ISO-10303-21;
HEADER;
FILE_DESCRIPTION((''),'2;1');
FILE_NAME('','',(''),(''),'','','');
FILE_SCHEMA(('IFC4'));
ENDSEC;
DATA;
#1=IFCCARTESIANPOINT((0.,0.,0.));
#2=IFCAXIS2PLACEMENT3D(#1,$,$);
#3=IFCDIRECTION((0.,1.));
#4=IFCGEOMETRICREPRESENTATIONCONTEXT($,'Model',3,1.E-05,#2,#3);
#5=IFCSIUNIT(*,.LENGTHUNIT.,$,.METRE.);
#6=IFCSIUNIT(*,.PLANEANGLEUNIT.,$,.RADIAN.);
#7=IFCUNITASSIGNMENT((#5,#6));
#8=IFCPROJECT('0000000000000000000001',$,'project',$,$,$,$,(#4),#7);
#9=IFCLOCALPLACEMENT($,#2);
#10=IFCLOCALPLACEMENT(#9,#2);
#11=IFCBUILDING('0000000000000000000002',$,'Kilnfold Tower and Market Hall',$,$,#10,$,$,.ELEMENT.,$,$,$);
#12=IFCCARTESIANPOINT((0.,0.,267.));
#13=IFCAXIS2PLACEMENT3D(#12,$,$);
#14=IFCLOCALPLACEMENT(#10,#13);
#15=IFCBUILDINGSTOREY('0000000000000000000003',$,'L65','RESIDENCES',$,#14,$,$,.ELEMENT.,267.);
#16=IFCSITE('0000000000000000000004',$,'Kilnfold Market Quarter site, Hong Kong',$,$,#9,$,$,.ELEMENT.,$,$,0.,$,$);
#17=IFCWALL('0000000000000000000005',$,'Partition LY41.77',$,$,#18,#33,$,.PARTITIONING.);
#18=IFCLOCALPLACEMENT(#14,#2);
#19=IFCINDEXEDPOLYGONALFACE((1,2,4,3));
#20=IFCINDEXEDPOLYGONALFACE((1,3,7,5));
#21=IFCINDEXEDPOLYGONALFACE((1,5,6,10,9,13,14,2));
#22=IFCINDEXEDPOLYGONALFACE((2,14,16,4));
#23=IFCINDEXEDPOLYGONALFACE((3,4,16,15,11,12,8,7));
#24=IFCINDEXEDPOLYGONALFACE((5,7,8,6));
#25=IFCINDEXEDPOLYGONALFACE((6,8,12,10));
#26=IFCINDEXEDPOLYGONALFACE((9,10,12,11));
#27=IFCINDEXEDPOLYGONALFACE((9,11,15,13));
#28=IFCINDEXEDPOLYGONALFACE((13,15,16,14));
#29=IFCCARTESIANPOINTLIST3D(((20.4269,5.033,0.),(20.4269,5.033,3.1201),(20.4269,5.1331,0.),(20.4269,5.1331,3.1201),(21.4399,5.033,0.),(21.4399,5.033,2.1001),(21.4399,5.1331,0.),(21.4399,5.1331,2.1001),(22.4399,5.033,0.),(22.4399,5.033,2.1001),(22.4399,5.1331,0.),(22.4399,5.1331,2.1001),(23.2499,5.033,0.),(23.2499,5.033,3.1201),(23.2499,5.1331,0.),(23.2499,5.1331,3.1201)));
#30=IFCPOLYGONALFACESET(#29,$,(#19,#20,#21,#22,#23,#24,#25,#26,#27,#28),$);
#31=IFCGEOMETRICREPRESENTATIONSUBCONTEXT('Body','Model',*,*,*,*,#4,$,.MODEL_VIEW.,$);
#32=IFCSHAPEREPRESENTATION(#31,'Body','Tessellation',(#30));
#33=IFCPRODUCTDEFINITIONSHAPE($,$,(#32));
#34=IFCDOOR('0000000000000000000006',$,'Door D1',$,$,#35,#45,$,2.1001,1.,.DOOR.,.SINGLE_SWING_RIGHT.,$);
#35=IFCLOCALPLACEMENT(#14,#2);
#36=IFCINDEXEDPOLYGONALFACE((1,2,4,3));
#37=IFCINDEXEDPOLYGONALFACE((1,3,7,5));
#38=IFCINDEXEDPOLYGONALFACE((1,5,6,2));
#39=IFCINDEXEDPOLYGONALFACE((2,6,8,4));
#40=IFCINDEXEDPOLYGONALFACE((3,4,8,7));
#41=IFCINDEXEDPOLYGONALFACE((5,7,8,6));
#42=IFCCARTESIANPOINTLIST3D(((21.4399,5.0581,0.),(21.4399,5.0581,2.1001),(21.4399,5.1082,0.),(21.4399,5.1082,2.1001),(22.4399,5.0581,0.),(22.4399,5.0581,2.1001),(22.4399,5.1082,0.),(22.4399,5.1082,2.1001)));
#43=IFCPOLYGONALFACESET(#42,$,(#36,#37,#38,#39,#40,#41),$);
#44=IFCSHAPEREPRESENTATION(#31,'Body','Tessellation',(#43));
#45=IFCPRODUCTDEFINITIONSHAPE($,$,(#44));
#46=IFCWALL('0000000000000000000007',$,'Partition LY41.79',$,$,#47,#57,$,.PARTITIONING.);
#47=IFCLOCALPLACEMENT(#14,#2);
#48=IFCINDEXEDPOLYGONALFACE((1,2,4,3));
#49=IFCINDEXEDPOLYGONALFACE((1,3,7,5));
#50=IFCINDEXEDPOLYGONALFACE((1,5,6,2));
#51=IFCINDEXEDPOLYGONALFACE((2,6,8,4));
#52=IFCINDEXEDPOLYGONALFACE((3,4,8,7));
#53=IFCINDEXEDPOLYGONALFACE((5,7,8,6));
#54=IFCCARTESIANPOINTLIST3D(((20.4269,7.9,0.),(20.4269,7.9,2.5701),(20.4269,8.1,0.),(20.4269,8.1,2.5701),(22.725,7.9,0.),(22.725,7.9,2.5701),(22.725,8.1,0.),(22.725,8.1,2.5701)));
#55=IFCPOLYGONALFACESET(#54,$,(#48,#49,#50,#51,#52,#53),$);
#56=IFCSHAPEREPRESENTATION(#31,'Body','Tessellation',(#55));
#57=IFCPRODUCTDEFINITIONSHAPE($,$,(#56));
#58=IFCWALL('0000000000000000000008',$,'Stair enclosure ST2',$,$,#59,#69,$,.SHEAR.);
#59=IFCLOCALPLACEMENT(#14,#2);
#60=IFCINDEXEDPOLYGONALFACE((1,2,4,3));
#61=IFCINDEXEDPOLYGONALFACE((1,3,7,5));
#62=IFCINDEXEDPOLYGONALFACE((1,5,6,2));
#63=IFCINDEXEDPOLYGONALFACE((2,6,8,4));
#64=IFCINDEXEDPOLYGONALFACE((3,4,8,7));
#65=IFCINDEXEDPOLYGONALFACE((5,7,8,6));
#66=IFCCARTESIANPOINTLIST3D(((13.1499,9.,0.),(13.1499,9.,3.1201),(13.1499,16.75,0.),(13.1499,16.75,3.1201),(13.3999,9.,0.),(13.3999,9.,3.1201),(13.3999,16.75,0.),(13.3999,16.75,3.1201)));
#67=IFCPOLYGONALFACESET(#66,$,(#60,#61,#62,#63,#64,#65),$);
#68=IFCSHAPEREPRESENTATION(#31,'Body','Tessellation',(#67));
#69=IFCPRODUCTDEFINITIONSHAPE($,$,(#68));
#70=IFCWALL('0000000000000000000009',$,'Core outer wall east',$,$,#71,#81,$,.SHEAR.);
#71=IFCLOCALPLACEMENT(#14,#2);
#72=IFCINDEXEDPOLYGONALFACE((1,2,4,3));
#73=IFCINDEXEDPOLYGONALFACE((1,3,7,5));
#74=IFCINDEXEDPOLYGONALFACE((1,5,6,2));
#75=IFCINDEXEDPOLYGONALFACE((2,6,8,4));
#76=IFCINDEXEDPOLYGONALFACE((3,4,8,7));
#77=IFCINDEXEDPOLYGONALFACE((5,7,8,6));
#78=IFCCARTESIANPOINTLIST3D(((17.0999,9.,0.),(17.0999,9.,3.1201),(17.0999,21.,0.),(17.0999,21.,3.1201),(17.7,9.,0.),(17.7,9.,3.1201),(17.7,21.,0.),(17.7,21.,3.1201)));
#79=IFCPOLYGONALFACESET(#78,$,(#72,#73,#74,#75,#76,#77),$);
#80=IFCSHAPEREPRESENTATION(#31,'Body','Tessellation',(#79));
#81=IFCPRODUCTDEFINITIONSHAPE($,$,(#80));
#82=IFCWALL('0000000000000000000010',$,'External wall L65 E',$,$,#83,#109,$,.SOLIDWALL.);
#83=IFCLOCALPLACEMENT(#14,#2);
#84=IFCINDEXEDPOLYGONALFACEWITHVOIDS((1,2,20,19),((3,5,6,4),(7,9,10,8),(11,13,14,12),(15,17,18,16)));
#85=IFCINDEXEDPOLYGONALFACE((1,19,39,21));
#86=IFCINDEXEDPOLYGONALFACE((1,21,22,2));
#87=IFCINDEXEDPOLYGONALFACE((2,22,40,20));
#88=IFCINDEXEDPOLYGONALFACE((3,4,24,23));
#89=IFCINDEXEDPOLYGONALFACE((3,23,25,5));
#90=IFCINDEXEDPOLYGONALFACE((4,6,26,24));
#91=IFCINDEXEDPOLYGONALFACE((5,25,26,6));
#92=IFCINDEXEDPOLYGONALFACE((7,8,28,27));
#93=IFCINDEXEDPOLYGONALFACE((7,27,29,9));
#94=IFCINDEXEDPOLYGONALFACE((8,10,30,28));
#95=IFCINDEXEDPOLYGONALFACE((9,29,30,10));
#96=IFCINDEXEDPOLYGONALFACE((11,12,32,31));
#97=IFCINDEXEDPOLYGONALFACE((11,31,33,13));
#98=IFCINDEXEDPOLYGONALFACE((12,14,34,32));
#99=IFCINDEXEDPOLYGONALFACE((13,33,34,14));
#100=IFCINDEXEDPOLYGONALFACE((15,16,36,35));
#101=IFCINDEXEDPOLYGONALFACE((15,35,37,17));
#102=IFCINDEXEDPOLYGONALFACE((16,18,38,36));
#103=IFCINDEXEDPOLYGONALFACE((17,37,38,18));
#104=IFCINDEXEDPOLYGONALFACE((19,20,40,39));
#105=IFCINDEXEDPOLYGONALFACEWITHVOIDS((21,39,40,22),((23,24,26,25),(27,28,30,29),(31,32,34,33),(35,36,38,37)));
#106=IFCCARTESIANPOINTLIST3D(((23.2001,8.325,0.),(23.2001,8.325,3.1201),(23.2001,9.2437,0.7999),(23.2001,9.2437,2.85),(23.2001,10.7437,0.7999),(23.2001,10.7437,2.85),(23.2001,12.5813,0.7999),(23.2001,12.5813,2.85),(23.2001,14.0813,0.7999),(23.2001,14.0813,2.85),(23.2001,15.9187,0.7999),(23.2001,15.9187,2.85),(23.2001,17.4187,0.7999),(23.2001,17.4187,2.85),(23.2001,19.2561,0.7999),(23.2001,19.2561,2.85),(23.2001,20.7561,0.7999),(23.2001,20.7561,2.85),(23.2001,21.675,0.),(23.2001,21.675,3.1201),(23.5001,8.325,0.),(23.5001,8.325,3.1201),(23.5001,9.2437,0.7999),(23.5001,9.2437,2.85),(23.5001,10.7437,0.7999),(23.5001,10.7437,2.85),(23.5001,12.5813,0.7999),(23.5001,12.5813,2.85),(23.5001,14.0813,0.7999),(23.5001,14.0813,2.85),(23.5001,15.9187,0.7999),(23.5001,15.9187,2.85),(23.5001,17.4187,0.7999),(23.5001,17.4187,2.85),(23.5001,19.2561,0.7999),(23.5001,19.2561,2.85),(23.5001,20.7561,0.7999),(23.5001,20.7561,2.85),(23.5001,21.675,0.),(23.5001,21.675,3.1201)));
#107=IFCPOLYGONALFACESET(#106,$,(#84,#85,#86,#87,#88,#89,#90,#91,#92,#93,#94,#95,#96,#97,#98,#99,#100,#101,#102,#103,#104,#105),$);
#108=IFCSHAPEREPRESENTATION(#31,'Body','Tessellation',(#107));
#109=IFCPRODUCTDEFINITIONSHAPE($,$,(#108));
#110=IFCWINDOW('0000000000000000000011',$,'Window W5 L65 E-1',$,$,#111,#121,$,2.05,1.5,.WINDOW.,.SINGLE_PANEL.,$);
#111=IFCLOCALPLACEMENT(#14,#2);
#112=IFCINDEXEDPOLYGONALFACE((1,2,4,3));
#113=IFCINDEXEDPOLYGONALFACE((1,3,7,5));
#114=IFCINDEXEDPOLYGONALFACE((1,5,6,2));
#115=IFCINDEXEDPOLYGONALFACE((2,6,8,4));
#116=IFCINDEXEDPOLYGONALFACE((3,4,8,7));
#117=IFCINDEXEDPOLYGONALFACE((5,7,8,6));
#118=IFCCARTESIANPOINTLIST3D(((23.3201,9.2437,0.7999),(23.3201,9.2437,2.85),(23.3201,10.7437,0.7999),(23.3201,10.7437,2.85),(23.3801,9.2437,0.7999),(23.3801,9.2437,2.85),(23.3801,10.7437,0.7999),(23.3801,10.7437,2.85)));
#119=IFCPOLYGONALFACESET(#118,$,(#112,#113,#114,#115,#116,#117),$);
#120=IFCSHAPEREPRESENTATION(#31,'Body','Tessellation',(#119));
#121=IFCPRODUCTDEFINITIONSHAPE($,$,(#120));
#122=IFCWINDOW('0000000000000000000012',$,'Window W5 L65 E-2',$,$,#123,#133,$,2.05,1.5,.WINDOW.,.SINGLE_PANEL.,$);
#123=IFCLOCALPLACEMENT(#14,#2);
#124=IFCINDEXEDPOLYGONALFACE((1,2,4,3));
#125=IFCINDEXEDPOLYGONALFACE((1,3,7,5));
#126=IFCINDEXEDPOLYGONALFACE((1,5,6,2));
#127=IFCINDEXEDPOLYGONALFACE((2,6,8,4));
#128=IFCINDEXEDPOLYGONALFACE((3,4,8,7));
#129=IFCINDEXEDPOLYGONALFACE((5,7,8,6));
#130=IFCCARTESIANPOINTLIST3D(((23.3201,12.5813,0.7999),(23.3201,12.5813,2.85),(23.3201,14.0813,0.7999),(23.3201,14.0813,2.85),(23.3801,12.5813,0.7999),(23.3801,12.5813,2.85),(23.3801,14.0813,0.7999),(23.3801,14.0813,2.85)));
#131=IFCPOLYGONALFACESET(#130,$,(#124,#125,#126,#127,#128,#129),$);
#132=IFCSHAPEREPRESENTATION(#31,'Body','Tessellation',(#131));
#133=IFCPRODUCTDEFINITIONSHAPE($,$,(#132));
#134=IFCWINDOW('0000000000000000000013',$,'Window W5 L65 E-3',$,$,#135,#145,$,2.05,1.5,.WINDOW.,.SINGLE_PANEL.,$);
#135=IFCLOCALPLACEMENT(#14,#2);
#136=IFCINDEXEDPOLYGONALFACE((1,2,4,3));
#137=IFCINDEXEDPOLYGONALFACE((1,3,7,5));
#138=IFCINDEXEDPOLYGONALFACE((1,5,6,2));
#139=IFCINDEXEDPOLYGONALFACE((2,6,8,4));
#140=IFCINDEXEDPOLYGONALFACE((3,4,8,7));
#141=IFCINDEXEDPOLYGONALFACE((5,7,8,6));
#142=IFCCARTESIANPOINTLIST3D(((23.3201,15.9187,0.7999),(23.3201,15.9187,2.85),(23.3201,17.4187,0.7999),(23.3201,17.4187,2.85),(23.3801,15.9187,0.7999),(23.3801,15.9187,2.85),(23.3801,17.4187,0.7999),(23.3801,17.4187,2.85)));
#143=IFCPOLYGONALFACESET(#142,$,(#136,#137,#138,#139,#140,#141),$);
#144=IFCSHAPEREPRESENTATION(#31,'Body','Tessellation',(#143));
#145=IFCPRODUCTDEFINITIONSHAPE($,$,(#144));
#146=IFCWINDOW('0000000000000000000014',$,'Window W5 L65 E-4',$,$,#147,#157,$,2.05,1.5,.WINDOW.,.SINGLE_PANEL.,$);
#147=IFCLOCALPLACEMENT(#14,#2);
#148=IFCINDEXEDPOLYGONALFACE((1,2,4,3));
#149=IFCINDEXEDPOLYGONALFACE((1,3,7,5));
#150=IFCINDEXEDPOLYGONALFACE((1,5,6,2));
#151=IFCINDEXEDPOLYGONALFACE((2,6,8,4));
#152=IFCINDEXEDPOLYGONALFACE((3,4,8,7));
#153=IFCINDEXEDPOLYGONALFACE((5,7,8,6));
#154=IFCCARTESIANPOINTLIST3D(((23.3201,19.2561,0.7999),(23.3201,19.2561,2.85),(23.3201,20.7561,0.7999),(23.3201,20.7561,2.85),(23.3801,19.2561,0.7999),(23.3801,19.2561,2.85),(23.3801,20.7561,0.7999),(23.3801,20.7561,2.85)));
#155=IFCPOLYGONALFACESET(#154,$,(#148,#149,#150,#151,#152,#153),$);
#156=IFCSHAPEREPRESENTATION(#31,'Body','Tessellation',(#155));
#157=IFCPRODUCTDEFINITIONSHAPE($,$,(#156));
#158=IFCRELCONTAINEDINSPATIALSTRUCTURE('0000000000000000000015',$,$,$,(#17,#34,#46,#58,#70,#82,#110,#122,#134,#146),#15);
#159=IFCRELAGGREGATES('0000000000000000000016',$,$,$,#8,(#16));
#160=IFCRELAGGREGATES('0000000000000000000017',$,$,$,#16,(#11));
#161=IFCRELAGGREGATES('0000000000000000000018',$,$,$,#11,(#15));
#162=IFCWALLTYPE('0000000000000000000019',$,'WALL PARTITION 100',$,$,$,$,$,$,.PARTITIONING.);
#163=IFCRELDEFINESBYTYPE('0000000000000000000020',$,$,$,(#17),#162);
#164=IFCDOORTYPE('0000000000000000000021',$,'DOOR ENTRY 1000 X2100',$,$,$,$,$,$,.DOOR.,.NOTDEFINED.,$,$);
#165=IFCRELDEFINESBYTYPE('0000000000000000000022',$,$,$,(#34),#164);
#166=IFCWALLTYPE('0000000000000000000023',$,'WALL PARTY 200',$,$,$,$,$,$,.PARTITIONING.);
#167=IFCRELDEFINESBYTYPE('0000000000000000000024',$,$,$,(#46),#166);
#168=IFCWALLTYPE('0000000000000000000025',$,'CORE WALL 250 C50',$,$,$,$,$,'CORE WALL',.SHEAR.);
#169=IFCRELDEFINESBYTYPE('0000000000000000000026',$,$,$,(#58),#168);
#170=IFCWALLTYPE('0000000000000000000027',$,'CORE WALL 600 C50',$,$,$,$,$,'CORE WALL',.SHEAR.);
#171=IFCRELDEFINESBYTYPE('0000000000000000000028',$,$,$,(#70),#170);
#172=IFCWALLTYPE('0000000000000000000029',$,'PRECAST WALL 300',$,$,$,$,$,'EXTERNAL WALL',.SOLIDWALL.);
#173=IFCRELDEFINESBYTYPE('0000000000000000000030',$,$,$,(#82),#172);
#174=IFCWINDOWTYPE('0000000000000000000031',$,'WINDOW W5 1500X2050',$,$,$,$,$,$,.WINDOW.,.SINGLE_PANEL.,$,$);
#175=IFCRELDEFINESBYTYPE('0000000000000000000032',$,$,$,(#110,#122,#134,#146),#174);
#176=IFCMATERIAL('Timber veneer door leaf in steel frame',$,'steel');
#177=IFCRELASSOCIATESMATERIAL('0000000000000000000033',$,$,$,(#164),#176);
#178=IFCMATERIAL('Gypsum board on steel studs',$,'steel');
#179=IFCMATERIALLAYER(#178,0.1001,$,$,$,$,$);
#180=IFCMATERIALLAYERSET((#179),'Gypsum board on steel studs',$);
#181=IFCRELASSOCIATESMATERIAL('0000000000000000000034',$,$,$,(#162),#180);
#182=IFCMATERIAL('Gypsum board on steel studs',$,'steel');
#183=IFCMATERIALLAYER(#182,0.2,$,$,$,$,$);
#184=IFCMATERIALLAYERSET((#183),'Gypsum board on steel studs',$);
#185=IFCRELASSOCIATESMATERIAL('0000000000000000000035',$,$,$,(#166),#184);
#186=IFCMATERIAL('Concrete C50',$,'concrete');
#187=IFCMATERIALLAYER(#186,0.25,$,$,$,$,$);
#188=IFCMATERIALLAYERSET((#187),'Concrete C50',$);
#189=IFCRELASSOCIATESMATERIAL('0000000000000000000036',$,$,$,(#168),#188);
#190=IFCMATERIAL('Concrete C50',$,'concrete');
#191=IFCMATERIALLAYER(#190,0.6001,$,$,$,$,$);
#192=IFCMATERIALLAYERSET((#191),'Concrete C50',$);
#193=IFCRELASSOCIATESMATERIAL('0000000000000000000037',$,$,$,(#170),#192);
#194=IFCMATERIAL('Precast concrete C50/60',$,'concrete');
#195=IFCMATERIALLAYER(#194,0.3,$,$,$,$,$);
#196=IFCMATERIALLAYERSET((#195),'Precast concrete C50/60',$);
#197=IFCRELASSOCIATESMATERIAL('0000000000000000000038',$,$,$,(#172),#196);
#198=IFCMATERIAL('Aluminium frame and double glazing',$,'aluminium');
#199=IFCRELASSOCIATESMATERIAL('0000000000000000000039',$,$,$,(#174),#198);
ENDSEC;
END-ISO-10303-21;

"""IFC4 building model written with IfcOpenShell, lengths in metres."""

from ifc_helpers import new_model, si_unit, direction, frame, frame_2d, origin, place, context, subcontext, project, spatial, rectangle, extrude, source, transform, mapped, material, layer, layer_set, type_object, element, fill, save


model = new_model("IFC4")

# Units and contexts
model_context = context("Model", 3, precision=1e-05, world=origin(), true_north=direction((0.0, 1.0)))
body_context = subcontext(model_context, "Body", "Model", "MODEL_VIEW")
ifc_project = project(units=[si_unit("LENGTHUNIT", "METRE"), si_unit("PLANEANGLEUNIT", "RADIAN")], contexts=[model_context])

# Site, building, storey
site_placement = place(None, origin())
site = spatial("IfcSite", under=ifc_project, at=site_placement, Name="Kilnfold Market Quarter site, Hong Kong", CompositionType="ELEMENT", RefElevation=0.0)
building_placement = place(site_placement, origin())
building = spatial("IfcBuilding", under=site, at=building_placement, Name="Kilnfold Tower and Market Hall", CompositionType="ELEMENT")
storey_placement = place(building_placement, frame((0.0, 0.0, 267.0)))
storey = spatial("IfcBuildingStorey", under=building, at=storey_placement, Name="L65", Description="RESIDENCES", CompositionType="ELEMENT", Elevation=267.0)

# Wall, opening, door
ifc_material_1 = material(Name="Timber veneer door leaf in steel frame", Category="steel")
door_type_1 = type_object("IfcDoorType", Name="DOOR ENTRY 1000 X2100", OperationType="NOTDEFINED", PredefinedType="DOOR", material=ifc_material_1)
ifc_material_2 = material(Name="Gypsum board on steel studs", Category="steel")
ifc_layer_1 = layer(ifc_material_2, 0.1001)
ifc_layer_set_1 = layer_set([ifc_layer_1], Name="Gypsum board on steel studs")
wall_type_1 = type_object("IfcWallType", Name="WALL PARTITION 100", PredefinedType="PARTITIONING", material=ifc_layer_set_1)
wall_1_placement = place(storey_placement, frame((23.25, 5.083, 0.0), z_axis=(0.0, 0.0, 1.0), x_axis=(-1.0, 0.0, 0.0)))
wall_1 = element("IfcWall", 1, at=wall_1_placement, inside=storey, type_object=wall_type_1, Name="Partition LY41.77", PredefinedType="PARTITIONING", context=body_context, shape_type="SweptSolid", body=[
    extrude(rectangle(XDim=2.823, YDim=0.1001, at=frame_2d((1.4116, 0.0))), origin(), (0.0, 0.0, 1.0), 3.1201),
])
opening_1_placement = place(wall_1_placement, frame((0.8101, 0.0, 0.0)))
opening_1 = element("IfcOpeningElement", 2, at=opening_1_placement, cuts=wall_1, PredefinedType="OPENING", context=body_context, shape_type="SweptSolid", body=[
    extrude(rectangle(XDim=1.0, YDim=2.1001, at=frame_2d((0.5, 1.05))), frame((0.0, 0.0601, 0.0), z_axis=(0.0, -1.0, 0.0), x_axis=(1.0, 0.0, 0.0)), (0.0, 0.0, 1.0), 0.1201),
])
door_1_placement = place(opening_1_placement, origin())
door_1 = element("IfcDoor", 3, at=door_1_placement, inside=storey, type_object=door_type_1, Name="Door D1", OperationType="SINGLE_SWING_RIGHT", OverallHeight=2.1001, OverallWidth=1.0, PredefinedType="DOOR", context=body_context, shape_type="SweptSolid", body=[
    extrude(rectangle(XDim=1.0, YDim=2.1001, at=frame_2d((0.5, 1.05))), frame((0.0, 0.0249, 0.0), z_axis=(0.0, -1.0, 0.0), x_axis=(1.0, 0.0, 0.0)), (0.0, 0.0, 1.0), 0.05),
])
fill(opening_1, door_1)

# Walls
ifc_material_3 = material(Name="Gypsum board on steel studs", Category="steel")
ifc_layer_2 = layer(ifc_material_3, 0.2)
ifc_layer_set_2 = layer_set([ifc_layer_2], Name="Gypsum board on steel studs")
wall_type_2 = type_object("IfcWallType", Name="WALL PARTY 200", PredefinedType="PARTITIONING", material=ifc_layer_set_2)
wall_2_placement = place(storey_placement, frame((20.427, 8.0, 0.0), z_axis=(0.0, 0.0, 1.0), x_axis=(1.0, 0.0, 0.0)))
element("IfcWall", 4, at=wall_2_placement, inside=storey, type_object=wall_type_2, Name="Partition LY41.79", PredefinedType="PARTITIONING", context=body_context, shape_type="SweptSolid", body=[
    extrude(rectangle(XDim=2.2981, YDim=0.2, at=frame_2d((1.1489, 0.0))), origin(), (0.0, 0.0, 1.0), 2.5701),
])
ifc_material_4 = material(Name="Concrete C50", Category="concrete")
ifc_layer_3 = layer(ifc_material_4, 0.25)
ifc_layer_set_3 = layer_set([ifc_layer_3], Name="Concrete C50")
wall_type_3 = type_object("IfcWallType", Name="CORE WALL 250 C50", ElementType="CORE WALL", PredefinedType="SHEAR", material=ifc_layer_set_3)
shared_shape_1 = source(origin(), body_context, "Body", "SweptSolid", [
    extrude(rectangle(XDim=7.75, YDim=0.25, at=frame_2d((3.875, 0.0))), origin(), (0.0, 0.0, 1.0), 3.1201),
])
wall_3_placement = place(storey_placement, frame((13.2749, 9.0, 0.0), z_axis=(0.0, 0.0, 1.0), x_axis=(0.0, 1.0, 0.0)))
element("IfcWall", 5, at=wall_3_placement, inside=storey, type_object=wall_type_3, Name="Stair enclosure ST2", PredefinedType="SHEAR", context=body_context, shape_type="MappedRepresentation", body=[
    mapped(shared_shape_1, transform((0.0, 0.0, 0.0))),
])
ifc_material_5 = material(Name="Concrete C50", Category="concrete")
ifc_layer_4 = layer(ifc_material_5, 0.6001)
ifc_layer_set_4 = layer_set([ifc_layer_4], Name="Concrete C50")
wall_type_4 = type_object("IfcWallType", Name="CORE WALL 600 C50", ElementType="CORE WALL", PredefinedType="SHEAR", material=ifc_layer_set_4)
shared_shape_2 = source(origin(), body_context, "Body", "SweptSolid", [
    extrude(rectangle(XDim=12.0, YDim=0.6001, at=frame_2d((6.0, 0.0))), origin(), (0.0, 0.0, 1.0), 3.1201),
])
wall_4_placement = place(storey_placement, frame((17.3999, 9.0, 0.0), z_axis=(0.0, 0.0, 1.0), x_axis=(0.0, 1.0, 0.0)))
element("IfcWall", 6, at=wall_4_placement, inside=storey, type_object=wall_type_4, Name="Core outer wall east", PredefinedType="SHEAR", context=body_context, shape_type="MappedRepresentation", body=[
    mapped(shared_shape_2, transform((0.0, 0.0, 0.0))),
])

# Wall, openings, windows
ifc_material_6 = material(Name="Precast concrete C50/60", Category="concrete")
ifc_layer_5 = layer(ifc_material_6, 0.3)
ifc_layer_set_5 = layer_set([ifc_layer_5], Name="Precast concrete C50/60")
wall_type_5 = type_object("IfcWallType", Name="PRECAST WALL 300", ElementType="EXTERNAL WALL", PredefinedType="SOLIDWALL", material=ifc_layer_set_5)
shared_shape_3 = source(origin(), body_context, "Body", "SweptSolid", [
    extrude(rectangle(XDim=13.3501, YDim=0.3, at=frame_2d((6.675, 0.0))), origin(), (0.0, 0.0, 1.0), 3.1201),
])
wall_5_placement = place(storey_placement, frame((23.3501, 8.325, 0.0), z_axis=(0.0, 0.0, 1.0), x_axis=(0.0, 1.0, 0.0)))
wall_5 = element("IfcWall", 7, at=wall_5_placement, inside=storey, type_object=wall_type_5, Name="External wall L65 E", PredefinedType="SOLIDWALL", context=body_context, shape_type="MappedRepresentation", body=[
    mapped(shared_shape_3, transform((0.0, 0.0, 0.0))),
])
opening_2_placement = place(wall_5_placement, frame((0.9187, 0.0, 0.8)))
opening_2 = element("IfcOpeningElement", 8, at=opening_2_placement, cuts=wall_5, PredefinedType="OPENING", context=body_context, shape_type="SweptSolid", body=[
    extrude(rectangle(XDim=1.5, YDim=2.05, at=frame_2d((0.75, 1.0249))), frame((0.0, 0.1602, 0.0), z_axis=(0.0, -1.0, 0.0), x_axis=(1.0, 0.0, 0.0)), (0.0, 0.0, 1.0), 0.3201),
])
opening_3_placement = place(wall_5_placement, frame((4.2563, 0.0, 0.8)))
opening_3 = element("IfcOpeningElement", 9, at=opening_3_placement, cuts=wall_5, PredefinedType="OPENING", context=body_context, shape_type="SweptSolid", body=[
    extrude(rectangle(XDim=1.5, YDim=2.05, at=frame_2d((0.75, 1.0249))), frame((0.0, 0.1602, 0.0), z_axis=(0.0, -1.0, 0.0), x_axis=(1.0, 0.0, 0.0)), (0.0, 0.0, 1.0), 0.3201),
])
opening_4_placement = place(wall_5_placement, frame((7.5938, 0.0, 0.8)))
opening_4 = element("IfcOpeningElement", 10, at=opening_4_placement, cuts=wall_5, PredefinedType="OPENING", context=body_context, shape_type="SweptSolid", body=[
    extrude(rectangle(XDim=1.5, YDim=2.05, at=frame_2d((0.75, 1.0249))), frame((0.0, 0.1602, 0.0), z_axis=(0.0, -1.0, 0.0), x_axis=(1.0, 0.0, 0.0)), (0.0, 0.0, 1.0), 0.3201),
])
opening_5_placement = place(wall_5_placement, frame((10.9312, 0.0, 0.8)))
opening_5 = element("IfcOpeningElement", 11, at=opening_5_placement, cuts=wall_5, PredefinedType="OPENING", context=body_context, shape_type="SweptSolid", body=[
    extrude(rectangle(XDim=1.5, YDim=2.05, at=frame_2d((0.75, 1.0249))), frame((0.0, 0.1602, 0.0), z_axis=(0.0, -1.0, 0.0), x_axis=(1.0, 0.0, 0.0)), (0.0, 0.0, 1.0), 0.3201),
])
ifc_material_7 = material(Name="Aluminium frame and double glazing", Category="aluminium")
window_type = type_object("IfcWindowType", Name="WINDOW W5 1500X2050", PartitioningType="SINGLE_PANEL", PredefinedType="WINDOW", material=ifc_material_7)
window_1_placement = place(opening_2_placement, origin())
window_1 = element("IfcWindow", 12, at=window_1_placement, inside=storey, type_object=window_type, Name="Window W5 L65 E-1", OverallHeight=2.05, OverallWidth=1.5, PartitioningType="SINGLE_PANEL", PredefinedType="WINDOW", context=body_context, shape_type="SweptSolid", body=[
    extrude(rectangle(XDim=1.5, YDim=2.05, at=frame_2d((0.75, 1.0249))), frame((0.0, 0.03, 0.0), z_axis=(0.0, -1.0, 0.0), x_axis=(1.0, 0.0, 0.0)), (0.0, 0.0, 1.0), 0.0601),
])
fill(opening_2, window_1)
window_2_placement = place(opening_3_placement, origin())
window_2 = element("IfcWindow", 13, at=window_2_placement, inside=storey, type_object=window_type, Name="Window W5 L65 E-2", OverallHeight=2.05, OverallWidth=1.5, PartitioningType="SINGLE_PANEL", PredefinedType="WINDOW", context=body_context, shape_type="SweptSolid", body=[
    extrude(rectangle(XDim=1.5, YDim=2.05, at=frame_2d((0.75, 1.0249))), frame((0.0, 0.03, 0.0), z_axis=(0.0, -1.0, 0.0), x_axis=(1.0, 0.0, 0.0)), (0.0, 0.0, 1.0), 0.0601),
])
fill(opening_3, window_2)
window_3_placement = place(opening_4_placement, origin())
window_3 = element("IfcWindow", 14, at=window_3_placement, inside=storey, type_object=window_type, Name="Window W5 L65 E-3", OverallHeight=2.05, OverallWidth=1.5, PartitioningType="SINGLE_PANEL", PredefinedType="WINDOW", context=body_context, shape_type="SweptSolid", body=[
    extrude(rectangle(XDim=1.5, YDim=2.05, at=frame_2d((0.75, 1.0249))), frame((0.0, 0.03, 0.0), z_axis=(0.0, -1.0, 0.0), x_axis=(1.0, 0.0, 0.0)), (0.0, 0.0, 1.0), 0.0601),
])
fill(opening_4, window_3)
window_4_placement = place(opening_5_placement, origin())
window_4 = element("IfcWindow", 15, at=window_4_placement, inside=storey, type_object=window_type, Name="Window W5 L65 E-4", OverallHeight=2.05, OverallWidth=1.5, PartitioningType="SINGLE_PANEL", PredefinedType="WINDOW", context=body_context, shape_type="SweptSolid", body=[
    extrude(rectangle(XDim=1.5, YDim=2.05, at=frame_2d((0.75, 1.0249))), frame((0.0, 0.03, 0.0), z_axis=(0.0, -1.0, 0.0), x_axis=(1.0, 0.0, 0.0)), (0.0, 0.0, 1.0), 0.0601),
])
fill(opening_5, window_4)

save(model, "model.ifc")
